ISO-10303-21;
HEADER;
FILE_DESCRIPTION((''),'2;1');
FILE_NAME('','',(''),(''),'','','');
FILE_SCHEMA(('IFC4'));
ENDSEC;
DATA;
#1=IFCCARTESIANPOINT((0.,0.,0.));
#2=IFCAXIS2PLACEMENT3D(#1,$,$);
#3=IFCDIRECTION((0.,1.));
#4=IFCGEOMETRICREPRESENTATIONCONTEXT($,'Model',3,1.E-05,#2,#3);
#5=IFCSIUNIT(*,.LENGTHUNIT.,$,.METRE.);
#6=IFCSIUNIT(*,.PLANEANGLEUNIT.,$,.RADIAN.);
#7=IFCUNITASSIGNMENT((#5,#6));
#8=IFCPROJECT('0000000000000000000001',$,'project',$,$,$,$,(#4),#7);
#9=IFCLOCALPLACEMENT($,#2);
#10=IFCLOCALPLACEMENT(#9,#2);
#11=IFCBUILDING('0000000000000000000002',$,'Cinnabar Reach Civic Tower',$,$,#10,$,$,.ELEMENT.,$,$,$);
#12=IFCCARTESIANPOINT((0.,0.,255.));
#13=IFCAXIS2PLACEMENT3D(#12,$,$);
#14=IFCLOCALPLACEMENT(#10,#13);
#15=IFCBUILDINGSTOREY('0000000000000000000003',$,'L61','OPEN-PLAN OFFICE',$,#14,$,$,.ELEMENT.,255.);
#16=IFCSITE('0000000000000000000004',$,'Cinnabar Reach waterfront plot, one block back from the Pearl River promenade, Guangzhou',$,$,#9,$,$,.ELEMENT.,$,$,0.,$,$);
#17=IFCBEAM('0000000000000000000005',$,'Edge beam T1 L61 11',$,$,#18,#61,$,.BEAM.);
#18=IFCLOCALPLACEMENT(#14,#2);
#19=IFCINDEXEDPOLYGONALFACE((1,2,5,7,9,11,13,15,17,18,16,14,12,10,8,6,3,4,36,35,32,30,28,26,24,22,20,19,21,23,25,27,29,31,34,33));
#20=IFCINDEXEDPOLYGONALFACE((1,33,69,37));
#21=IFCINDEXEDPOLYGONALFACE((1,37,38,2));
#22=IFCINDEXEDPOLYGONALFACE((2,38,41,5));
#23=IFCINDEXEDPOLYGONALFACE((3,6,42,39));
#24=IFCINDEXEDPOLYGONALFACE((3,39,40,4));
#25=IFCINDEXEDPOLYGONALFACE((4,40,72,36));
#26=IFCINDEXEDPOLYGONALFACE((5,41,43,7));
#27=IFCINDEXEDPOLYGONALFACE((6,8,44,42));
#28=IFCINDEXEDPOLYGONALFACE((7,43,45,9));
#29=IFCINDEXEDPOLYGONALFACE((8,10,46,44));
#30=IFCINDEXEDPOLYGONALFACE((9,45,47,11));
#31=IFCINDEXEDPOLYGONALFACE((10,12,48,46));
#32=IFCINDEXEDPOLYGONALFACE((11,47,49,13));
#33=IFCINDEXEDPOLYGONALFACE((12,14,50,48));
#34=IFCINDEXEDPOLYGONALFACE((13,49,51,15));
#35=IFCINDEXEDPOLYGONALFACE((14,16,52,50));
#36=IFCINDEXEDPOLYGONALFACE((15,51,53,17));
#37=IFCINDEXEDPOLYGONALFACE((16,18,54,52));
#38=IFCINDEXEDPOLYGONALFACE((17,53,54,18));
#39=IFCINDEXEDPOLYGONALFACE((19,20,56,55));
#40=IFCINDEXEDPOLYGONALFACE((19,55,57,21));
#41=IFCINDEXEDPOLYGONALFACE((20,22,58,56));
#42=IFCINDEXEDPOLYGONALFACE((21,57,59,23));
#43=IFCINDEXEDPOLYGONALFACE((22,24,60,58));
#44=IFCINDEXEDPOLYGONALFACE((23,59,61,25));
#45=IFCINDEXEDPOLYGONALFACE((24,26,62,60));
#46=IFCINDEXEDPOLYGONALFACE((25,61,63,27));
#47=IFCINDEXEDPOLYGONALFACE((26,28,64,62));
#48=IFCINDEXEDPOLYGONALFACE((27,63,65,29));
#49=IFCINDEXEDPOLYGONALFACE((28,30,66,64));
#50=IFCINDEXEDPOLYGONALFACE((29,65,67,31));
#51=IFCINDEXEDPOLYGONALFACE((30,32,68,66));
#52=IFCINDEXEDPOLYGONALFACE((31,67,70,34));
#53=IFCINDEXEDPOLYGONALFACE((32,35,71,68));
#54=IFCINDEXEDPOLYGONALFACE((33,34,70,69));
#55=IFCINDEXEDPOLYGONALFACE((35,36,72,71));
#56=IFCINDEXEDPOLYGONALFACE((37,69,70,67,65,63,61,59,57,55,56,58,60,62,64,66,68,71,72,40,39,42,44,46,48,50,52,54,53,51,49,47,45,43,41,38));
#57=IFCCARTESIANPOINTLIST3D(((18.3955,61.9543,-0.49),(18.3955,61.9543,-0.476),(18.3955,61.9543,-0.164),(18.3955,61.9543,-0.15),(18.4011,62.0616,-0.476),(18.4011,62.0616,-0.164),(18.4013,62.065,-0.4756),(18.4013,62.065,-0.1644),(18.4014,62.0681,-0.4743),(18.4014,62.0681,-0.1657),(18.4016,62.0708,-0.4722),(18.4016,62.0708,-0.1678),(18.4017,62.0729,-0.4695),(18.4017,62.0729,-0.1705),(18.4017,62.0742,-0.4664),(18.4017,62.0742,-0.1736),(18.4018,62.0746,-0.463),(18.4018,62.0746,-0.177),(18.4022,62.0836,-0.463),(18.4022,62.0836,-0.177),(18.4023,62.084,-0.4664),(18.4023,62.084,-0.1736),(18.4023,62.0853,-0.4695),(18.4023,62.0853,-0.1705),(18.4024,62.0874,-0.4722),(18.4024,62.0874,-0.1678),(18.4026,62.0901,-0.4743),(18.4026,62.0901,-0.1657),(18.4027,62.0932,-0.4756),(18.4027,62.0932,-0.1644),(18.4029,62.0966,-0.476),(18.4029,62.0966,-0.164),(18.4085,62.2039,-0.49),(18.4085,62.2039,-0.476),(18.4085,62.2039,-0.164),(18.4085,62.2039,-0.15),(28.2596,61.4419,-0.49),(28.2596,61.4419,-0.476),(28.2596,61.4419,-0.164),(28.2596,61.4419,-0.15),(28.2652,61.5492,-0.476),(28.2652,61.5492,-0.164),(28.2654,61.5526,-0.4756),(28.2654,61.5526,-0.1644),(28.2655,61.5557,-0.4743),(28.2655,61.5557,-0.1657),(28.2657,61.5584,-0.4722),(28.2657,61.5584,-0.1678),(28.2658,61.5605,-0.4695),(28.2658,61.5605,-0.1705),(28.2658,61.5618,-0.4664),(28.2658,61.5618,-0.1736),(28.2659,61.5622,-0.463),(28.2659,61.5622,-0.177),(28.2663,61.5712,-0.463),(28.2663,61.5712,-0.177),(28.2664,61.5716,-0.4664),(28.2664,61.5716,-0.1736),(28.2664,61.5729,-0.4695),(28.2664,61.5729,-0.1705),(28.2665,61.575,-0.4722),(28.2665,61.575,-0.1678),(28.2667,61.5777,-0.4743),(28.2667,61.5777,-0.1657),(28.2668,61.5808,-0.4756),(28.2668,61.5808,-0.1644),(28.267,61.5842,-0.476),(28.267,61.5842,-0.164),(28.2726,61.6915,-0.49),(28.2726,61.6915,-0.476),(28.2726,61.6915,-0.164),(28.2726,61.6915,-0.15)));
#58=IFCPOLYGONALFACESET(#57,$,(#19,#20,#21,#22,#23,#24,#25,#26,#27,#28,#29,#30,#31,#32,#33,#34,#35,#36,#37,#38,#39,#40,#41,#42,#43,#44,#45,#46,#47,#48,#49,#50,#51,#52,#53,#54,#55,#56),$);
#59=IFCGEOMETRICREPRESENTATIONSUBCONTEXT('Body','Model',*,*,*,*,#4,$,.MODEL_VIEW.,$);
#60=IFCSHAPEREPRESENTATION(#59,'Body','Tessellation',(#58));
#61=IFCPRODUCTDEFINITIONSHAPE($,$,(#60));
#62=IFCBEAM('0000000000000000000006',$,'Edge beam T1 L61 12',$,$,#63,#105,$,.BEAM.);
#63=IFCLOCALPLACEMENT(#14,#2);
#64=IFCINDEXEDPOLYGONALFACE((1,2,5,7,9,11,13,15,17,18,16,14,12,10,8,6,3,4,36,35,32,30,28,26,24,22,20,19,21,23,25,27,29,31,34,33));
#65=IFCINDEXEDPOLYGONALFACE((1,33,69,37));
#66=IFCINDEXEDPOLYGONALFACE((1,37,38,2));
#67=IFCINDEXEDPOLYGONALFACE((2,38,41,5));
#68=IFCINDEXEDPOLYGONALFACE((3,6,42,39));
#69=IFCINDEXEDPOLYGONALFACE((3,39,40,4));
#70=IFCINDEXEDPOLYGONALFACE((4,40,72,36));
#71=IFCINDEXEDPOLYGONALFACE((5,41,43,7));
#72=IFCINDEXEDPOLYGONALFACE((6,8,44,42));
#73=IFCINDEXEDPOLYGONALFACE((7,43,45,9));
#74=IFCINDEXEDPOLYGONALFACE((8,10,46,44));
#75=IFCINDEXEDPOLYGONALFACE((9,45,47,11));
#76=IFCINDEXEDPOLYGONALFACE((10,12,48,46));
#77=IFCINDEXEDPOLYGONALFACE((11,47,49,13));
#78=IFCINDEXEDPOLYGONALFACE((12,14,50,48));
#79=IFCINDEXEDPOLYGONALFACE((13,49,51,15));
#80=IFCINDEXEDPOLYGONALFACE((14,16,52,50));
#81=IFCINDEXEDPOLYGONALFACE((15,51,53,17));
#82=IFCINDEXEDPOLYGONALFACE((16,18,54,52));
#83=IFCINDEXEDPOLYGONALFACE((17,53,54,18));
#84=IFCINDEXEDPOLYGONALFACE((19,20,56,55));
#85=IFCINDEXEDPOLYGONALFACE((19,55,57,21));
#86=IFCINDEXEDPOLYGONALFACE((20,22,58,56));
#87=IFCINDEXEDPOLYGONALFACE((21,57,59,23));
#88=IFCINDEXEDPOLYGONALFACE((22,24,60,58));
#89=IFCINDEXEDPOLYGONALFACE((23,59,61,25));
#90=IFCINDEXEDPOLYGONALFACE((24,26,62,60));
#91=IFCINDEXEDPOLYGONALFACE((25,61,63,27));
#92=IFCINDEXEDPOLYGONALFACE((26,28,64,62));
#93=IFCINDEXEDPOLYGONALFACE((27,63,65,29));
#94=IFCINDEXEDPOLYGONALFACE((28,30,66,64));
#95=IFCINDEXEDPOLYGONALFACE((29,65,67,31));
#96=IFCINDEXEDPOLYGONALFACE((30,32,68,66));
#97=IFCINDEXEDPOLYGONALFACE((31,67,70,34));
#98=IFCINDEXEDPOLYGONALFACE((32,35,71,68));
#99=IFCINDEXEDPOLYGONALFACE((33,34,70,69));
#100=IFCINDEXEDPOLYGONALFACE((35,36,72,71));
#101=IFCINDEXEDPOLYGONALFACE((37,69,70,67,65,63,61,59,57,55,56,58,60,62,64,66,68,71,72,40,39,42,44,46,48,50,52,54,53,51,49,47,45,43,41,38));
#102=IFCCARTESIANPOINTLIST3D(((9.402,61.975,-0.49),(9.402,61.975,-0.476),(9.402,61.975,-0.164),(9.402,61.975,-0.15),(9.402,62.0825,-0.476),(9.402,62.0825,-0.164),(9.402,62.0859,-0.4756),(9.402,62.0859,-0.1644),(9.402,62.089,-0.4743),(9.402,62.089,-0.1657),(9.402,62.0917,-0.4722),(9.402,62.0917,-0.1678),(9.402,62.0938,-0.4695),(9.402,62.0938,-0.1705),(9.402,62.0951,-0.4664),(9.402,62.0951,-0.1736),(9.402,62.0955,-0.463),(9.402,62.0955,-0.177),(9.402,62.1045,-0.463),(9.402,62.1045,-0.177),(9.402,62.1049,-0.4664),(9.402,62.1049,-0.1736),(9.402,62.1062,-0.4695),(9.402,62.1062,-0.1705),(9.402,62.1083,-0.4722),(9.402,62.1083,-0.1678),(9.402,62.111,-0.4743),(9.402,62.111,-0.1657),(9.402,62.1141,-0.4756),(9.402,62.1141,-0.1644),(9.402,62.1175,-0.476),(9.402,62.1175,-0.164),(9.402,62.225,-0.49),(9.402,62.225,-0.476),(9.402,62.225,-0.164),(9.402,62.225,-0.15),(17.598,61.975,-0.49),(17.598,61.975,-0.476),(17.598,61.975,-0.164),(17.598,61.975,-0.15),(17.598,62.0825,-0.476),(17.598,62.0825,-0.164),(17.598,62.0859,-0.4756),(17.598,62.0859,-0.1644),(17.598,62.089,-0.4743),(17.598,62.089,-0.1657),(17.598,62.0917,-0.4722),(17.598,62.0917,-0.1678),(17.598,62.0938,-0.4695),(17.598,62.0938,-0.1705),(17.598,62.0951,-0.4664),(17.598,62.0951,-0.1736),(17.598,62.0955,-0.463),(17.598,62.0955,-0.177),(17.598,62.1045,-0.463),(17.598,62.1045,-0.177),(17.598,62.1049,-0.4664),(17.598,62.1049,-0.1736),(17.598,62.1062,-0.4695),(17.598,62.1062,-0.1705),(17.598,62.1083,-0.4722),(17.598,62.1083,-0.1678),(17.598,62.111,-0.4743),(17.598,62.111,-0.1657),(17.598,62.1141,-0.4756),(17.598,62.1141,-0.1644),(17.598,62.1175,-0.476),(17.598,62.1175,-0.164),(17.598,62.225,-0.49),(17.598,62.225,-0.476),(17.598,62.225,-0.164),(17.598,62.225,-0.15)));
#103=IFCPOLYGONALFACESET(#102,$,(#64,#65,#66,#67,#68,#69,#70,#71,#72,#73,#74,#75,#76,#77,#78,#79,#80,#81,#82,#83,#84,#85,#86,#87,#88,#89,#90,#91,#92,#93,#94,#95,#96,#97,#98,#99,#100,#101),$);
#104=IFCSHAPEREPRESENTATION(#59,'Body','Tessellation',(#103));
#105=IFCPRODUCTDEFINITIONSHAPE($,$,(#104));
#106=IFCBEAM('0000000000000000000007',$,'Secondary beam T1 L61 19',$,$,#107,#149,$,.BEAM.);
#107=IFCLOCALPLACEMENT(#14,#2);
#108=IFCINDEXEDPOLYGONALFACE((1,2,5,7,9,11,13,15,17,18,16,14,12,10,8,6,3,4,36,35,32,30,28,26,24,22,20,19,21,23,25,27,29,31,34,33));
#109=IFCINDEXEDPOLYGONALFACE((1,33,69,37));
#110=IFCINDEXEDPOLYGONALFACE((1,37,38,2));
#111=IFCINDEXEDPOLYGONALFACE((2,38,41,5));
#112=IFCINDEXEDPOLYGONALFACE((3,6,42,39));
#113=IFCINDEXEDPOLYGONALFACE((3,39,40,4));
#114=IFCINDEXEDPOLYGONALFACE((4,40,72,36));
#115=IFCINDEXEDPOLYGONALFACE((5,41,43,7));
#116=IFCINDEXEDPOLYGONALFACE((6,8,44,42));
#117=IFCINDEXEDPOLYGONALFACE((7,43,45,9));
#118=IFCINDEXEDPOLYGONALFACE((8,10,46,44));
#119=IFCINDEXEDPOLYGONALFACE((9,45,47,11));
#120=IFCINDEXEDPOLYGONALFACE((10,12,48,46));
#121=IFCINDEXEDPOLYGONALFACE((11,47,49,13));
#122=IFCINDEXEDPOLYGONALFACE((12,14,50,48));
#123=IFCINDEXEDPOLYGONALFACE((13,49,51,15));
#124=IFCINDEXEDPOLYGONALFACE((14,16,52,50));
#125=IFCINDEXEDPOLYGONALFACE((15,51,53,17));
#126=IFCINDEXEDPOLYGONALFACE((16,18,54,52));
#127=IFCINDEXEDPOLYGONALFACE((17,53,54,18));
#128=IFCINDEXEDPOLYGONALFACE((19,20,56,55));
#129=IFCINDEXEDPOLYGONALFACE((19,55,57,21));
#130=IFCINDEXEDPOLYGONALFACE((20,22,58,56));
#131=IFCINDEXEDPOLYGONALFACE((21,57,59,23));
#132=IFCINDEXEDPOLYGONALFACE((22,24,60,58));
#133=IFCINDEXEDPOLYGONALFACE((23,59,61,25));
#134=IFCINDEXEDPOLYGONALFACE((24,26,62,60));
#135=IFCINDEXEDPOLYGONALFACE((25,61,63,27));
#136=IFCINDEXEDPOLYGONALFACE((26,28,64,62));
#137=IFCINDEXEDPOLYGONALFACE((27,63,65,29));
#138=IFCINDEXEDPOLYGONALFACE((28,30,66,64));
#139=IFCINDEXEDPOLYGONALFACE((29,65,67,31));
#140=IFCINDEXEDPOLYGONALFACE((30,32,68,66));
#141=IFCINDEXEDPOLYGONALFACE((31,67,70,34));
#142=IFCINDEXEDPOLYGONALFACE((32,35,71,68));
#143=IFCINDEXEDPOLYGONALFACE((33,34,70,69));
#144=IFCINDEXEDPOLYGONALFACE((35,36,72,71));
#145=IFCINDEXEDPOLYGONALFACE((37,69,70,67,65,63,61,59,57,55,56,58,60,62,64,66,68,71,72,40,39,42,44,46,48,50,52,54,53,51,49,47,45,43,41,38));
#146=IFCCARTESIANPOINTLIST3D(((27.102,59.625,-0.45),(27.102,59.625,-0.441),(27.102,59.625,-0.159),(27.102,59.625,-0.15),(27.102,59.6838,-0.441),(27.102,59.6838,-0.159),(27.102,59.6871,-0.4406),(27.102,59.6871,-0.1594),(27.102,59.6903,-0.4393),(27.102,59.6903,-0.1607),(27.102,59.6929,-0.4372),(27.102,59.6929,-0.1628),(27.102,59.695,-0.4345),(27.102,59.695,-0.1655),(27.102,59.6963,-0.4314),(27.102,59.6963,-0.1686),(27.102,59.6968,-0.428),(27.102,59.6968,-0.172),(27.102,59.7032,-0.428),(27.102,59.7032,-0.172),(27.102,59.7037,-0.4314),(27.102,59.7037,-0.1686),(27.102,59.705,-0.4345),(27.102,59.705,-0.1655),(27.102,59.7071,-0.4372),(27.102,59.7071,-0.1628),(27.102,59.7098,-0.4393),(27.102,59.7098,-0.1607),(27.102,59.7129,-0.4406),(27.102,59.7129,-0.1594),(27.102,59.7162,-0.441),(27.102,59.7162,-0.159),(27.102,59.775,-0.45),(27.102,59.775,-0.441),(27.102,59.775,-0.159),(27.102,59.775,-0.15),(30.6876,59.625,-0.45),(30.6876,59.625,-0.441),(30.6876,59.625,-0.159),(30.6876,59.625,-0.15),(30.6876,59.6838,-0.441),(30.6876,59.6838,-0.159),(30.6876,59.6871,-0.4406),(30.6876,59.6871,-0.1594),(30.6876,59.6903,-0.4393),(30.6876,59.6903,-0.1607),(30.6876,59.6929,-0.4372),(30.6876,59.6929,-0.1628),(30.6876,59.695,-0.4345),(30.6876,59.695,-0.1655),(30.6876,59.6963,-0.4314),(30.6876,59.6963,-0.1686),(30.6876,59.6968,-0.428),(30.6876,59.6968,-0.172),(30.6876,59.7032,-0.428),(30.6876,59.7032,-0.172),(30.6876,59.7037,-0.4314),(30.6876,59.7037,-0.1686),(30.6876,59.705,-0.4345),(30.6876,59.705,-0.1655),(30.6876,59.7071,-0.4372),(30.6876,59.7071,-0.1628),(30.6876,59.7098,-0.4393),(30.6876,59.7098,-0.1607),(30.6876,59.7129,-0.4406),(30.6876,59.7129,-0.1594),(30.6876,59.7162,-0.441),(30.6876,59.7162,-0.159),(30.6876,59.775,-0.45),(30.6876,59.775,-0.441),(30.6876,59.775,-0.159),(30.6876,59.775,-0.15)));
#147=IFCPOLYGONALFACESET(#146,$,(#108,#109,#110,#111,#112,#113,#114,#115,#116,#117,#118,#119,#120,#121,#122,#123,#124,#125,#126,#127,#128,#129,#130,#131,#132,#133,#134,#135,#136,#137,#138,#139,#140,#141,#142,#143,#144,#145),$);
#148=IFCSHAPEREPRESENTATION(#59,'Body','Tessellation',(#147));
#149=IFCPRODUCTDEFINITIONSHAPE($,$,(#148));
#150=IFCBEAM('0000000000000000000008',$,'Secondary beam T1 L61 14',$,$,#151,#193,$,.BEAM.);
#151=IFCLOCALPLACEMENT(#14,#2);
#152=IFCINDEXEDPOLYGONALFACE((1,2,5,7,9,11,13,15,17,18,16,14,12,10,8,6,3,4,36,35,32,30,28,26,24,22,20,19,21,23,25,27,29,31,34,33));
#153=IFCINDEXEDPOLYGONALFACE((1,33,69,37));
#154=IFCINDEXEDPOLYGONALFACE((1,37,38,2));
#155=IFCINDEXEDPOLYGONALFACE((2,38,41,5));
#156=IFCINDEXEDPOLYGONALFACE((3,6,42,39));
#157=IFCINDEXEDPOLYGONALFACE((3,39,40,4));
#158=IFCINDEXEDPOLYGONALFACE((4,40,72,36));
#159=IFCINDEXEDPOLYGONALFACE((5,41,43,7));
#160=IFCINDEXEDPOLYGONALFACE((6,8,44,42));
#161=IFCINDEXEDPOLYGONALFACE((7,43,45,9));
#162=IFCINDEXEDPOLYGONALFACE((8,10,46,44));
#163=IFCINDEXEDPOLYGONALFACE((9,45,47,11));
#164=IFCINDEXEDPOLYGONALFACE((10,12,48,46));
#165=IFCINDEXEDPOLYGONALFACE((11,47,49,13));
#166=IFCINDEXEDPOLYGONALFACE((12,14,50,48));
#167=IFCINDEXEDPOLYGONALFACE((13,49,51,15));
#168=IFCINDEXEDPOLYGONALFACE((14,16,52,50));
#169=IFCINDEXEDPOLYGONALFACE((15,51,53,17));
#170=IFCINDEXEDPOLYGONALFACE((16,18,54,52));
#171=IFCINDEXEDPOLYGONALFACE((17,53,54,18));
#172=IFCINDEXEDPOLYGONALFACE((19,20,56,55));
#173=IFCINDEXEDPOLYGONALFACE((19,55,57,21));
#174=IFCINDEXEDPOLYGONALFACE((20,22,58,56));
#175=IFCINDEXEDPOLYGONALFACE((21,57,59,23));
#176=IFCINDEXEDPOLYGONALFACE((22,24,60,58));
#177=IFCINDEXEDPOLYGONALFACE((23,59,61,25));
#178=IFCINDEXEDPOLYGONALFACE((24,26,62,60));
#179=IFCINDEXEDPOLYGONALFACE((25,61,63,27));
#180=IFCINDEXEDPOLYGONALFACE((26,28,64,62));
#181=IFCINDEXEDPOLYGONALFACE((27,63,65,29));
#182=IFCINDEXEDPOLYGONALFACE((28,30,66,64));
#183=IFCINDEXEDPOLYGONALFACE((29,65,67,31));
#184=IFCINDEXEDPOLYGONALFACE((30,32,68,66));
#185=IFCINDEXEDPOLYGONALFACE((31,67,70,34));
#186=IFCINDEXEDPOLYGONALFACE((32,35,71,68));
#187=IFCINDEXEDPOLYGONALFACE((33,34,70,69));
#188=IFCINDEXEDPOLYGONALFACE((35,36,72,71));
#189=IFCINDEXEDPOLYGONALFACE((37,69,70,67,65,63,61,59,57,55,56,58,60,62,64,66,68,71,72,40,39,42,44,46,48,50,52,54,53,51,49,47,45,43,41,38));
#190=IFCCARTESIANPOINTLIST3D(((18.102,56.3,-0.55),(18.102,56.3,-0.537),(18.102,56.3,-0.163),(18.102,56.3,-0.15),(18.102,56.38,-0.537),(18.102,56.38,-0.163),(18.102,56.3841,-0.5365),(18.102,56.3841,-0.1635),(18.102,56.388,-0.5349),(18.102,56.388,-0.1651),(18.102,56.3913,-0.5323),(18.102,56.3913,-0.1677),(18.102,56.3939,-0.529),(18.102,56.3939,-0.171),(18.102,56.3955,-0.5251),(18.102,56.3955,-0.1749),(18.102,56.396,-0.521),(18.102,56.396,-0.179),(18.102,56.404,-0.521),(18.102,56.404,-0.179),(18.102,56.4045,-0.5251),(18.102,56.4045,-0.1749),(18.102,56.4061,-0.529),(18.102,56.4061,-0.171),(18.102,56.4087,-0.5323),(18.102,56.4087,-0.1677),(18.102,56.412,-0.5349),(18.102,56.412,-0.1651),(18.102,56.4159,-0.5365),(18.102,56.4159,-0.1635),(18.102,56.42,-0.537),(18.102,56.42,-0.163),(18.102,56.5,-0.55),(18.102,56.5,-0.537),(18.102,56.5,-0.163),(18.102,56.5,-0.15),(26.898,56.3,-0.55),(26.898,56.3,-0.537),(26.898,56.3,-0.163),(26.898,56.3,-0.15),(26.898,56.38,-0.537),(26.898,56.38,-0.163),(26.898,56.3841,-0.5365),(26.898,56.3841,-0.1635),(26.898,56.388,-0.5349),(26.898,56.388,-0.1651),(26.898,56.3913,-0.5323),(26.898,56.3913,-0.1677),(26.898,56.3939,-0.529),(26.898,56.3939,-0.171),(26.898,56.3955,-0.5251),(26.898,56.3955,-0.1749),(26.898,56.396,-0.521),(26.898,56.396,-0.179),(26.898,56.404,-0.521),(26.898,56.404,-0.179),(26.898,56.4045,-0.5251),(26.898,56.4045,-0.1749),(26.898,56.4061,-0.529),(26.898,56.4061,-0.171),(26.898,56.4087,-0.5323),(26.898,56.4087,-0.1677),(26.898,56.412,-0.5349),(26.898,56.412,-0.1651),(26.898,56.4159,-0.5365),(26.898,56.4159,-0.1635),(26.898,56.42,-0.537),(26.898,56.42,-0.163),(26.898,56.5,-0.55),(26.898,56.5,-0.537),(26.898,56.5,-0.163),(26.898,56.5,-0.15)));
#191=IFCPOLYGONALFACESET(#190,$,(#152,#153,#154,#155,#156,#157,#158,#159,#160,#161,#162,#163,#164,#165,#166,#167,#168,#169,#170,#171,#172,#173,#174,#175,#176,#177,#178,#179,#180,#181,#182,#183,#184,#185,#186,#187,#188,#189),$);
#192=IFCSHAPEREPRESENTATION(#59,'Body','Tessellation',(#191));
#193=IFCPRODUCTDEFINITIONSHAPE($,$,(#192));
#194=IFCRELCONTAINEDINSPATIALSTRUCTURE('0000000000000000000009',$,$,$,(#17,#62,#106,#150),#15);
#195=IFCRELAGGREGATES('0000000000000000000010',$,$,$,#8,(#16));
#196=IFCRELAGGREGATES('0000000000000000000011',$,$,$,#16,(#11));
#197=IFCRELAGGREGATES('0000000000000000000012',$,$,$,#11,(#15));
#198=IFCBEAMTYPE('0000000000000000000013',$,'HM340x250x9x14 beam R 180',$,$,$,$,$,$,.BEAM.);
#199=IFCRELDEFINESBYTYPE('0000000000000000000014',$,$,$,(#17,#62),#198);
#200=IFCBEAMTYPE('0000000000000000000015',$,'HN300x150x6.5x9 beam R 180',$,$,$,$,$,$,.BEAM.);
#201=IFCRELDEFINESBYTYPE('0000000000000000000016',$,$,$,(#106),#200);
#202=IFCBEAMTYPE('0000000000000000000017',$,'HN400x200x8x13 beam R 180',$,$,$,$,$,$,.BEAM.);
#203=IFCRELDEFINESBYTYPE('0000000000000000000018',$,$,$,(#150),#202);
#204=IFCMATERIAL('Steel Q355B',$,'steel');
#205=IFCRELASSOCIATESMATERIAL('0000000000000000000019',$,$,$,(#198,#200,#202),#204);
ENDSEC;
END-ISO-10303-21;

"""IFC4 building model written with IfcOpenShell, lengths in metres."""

from ifc_helpers import new_model, si_unit, direction, frame, origin, origin_2d, place, context, subcontext, project, spatial, i_section, extrude, material, material_profile, profile_set, type_object, element, save


model = new_model("IFC4")

# Units and contexts
model_context = context("Model", 3, precision=1e-05, world=origin(), true_north=direction((0.0, 1.0)))
body_context = subcontext(model_context, "Body", "Model", "MODEL_VIEW")
ifc_project = project(units=[si_unit("LENGTHUNIT", "METRE"), si_unit("PLANEANGLEUNIT", "RADIAN")], contexts=[model_context])

# Site, building, storey
site_placement = place(None, origin())
site = spatial("IfcSite", under=ifc_project, at=site_placement, Name="Cinnabar Reach waterfront plot, one block back from the Pearl River promenade, Guangzhou", CompositionType="ELEMENT", RefElevation=0.0)
building_placement = place(site_placement, origin())
building = spatial("IfcBuilding", under=site, at=building_placement, Name="Cinnabar Reach Civic Tower", CompositionType="ELEMENT")
storey_placement = place(building_placement, frame((0.0, 0.0, 255.0)))
storey = spatial("IfcBuildingStorey", under=building, at=storey_placement, Name="L61", Description="OPEN-PLAN OFFICE", CompositionType="ELEMENT", Elevation=255.0)

# Beams
ifc_material_1 = material(Name="Steel Q355B", Category="steel")
ifc_material_profile_1 = material_profile(ifc_material_1, i_section(OverallWidth=0.25, OverallDepth=0.34, WebThickness=0.009, FlangeThickness=0.014, FilletRadius=0.013, at=origin_2d()), Name="HM340x250x9x14")
ifc_profile_set_1 = profile_set([ifc_material_profile_1], Name="Steel Q355B")
beam_type_1 = type_object("IfcBeamType", Name="HM340x250x9x14 beam R 180", PredefinedType="BEAM", material=ifc_profile_set_1)
beam_1_placement = place(storey_placement, frame((28.2661, 61.5667, -0.32), z_axis=(-0.998654, 0.051876, 0.0), x_axis=(-0.051876, -0.998654, 0.0)))
element("IfcBeam", 1, at=beam_1_placement, inside=storey, type_object=beam_type_1, Name="Edge beam T1 L61 11", PredefinedType="BEAM", context=body_context, shape_type="SweptSolid", body=[
    extrude(i_section(OverallWidth=0.25, OverallDepth=0.34, WebThickness=0.009, FlangeThickness=0.014, FilletRadius=0.013, at=origin_2d()), origin(), (0.0, 0.0, 1.0), 9.8774),
])
beam_2_placement = place(storey_placement, frame((17.598, 62.1, -0.32), z_axis=(-1.0, 0.0, 0.0), x_axis=(0.0, -1.0, 0.0)))
element("IfcBeam", 2, at=beam_2_placement, inside=storey, type_object=beam_type_1, Name="Edge beam T1 L61 12", PredefinedType="BEAM", context=body_context, shape_type="SweptSolid", body=[
    extrude(i_section(OverallWidth=0.25, OverallDepth=0.34, WebThickness=0.009, FlangeThickness=0.014, FilletRadius=0.013, at=origin_2d()), origin(), (0.0, 0.0, 1.0), 8.196),
])
ifc_material_profile_2 = material_profile(ifc_material_1, i_section(OverallWidth=0.15, OverallDepth=0.3, WebThickness=0.0065, FlangeThickness=0.009, FilletRadius=0.013, at=origin_2d()), Name="HN300x150x6.5x9")
ifc_profile_set_2 = profile_set([ifc_material_profile_2], Name="Steel Q355B")
beam_type_2 = type_object("IfcBeamType", Name="HN300x150x6.5x9 beam R 180", PredefinedType="BEAM", material=ifc_profile_set_2)
beam_3_placement = place(storey_placement, frame((27.102, 59.7, -0.3), z_axis=(1.0, 0.0, 0.0), x_axis=(0.0, 1.0, 0.0)))
element("IfcBeam", 3, at=beam_3_placement, inside=storey, type_object=beam_type_2, Name="Secondary beam T1 L61 19", PredefinedType="BEAM", context=body_context, shape_type="SweptSolid", body=[
    extrude(i_section(OverallWidth=0.15, OverallDepth=0.3, WebThickness=0.0065, FlangeThickness=0.009, FilletRadius=0.013, at=origin_2d()), origin(), (0.0, 0.0, 1.0), 3.5856),
])
ifc_material_profile_3 = material_profile(ifc_material_1, i_section(OverallWidth=0.2, OverallDepth=0.4, WebThickness=0.008, FlangeThickness=0.013, FilletRadius=0.016, at=origin_2d()), Name="HN400x200x8x13")
ifc_profile_set_3 = profile_set([ifc_material_profile_3], Name="Steel Q355B")
beam_type_3 = type_object("IfcBeamType", Name="HN400x200x8x13 beam R 180", PredefinedType="BEAM", material=ifc_profile_set_3)
beam_4_placement = place(storey_placement, frame((18.102, 56.4, -0.35), z_axis=(1.0, 0.0, 0.0), x_axis=(0.0, 1.0, 0.0)))
element("IfcBeam", 4, at=beam_4_placement, inside=storey, type_object=beam_type_3, Name="Secondary beam T1 L61 14", PredefinedType="BEAM", context=body_context, shape_type="SweptSolid", body=[
    extrude(i_section(OverallWidth=0.2, OverallDepth=0.4, WebThickness=0.008, FlangeThickness=0.013, FilletRadius=0.016, at=origin_2d()), origin(), (0.0, 0.0, 1.0), 8.796),
])

save(model, "model.ifc")
